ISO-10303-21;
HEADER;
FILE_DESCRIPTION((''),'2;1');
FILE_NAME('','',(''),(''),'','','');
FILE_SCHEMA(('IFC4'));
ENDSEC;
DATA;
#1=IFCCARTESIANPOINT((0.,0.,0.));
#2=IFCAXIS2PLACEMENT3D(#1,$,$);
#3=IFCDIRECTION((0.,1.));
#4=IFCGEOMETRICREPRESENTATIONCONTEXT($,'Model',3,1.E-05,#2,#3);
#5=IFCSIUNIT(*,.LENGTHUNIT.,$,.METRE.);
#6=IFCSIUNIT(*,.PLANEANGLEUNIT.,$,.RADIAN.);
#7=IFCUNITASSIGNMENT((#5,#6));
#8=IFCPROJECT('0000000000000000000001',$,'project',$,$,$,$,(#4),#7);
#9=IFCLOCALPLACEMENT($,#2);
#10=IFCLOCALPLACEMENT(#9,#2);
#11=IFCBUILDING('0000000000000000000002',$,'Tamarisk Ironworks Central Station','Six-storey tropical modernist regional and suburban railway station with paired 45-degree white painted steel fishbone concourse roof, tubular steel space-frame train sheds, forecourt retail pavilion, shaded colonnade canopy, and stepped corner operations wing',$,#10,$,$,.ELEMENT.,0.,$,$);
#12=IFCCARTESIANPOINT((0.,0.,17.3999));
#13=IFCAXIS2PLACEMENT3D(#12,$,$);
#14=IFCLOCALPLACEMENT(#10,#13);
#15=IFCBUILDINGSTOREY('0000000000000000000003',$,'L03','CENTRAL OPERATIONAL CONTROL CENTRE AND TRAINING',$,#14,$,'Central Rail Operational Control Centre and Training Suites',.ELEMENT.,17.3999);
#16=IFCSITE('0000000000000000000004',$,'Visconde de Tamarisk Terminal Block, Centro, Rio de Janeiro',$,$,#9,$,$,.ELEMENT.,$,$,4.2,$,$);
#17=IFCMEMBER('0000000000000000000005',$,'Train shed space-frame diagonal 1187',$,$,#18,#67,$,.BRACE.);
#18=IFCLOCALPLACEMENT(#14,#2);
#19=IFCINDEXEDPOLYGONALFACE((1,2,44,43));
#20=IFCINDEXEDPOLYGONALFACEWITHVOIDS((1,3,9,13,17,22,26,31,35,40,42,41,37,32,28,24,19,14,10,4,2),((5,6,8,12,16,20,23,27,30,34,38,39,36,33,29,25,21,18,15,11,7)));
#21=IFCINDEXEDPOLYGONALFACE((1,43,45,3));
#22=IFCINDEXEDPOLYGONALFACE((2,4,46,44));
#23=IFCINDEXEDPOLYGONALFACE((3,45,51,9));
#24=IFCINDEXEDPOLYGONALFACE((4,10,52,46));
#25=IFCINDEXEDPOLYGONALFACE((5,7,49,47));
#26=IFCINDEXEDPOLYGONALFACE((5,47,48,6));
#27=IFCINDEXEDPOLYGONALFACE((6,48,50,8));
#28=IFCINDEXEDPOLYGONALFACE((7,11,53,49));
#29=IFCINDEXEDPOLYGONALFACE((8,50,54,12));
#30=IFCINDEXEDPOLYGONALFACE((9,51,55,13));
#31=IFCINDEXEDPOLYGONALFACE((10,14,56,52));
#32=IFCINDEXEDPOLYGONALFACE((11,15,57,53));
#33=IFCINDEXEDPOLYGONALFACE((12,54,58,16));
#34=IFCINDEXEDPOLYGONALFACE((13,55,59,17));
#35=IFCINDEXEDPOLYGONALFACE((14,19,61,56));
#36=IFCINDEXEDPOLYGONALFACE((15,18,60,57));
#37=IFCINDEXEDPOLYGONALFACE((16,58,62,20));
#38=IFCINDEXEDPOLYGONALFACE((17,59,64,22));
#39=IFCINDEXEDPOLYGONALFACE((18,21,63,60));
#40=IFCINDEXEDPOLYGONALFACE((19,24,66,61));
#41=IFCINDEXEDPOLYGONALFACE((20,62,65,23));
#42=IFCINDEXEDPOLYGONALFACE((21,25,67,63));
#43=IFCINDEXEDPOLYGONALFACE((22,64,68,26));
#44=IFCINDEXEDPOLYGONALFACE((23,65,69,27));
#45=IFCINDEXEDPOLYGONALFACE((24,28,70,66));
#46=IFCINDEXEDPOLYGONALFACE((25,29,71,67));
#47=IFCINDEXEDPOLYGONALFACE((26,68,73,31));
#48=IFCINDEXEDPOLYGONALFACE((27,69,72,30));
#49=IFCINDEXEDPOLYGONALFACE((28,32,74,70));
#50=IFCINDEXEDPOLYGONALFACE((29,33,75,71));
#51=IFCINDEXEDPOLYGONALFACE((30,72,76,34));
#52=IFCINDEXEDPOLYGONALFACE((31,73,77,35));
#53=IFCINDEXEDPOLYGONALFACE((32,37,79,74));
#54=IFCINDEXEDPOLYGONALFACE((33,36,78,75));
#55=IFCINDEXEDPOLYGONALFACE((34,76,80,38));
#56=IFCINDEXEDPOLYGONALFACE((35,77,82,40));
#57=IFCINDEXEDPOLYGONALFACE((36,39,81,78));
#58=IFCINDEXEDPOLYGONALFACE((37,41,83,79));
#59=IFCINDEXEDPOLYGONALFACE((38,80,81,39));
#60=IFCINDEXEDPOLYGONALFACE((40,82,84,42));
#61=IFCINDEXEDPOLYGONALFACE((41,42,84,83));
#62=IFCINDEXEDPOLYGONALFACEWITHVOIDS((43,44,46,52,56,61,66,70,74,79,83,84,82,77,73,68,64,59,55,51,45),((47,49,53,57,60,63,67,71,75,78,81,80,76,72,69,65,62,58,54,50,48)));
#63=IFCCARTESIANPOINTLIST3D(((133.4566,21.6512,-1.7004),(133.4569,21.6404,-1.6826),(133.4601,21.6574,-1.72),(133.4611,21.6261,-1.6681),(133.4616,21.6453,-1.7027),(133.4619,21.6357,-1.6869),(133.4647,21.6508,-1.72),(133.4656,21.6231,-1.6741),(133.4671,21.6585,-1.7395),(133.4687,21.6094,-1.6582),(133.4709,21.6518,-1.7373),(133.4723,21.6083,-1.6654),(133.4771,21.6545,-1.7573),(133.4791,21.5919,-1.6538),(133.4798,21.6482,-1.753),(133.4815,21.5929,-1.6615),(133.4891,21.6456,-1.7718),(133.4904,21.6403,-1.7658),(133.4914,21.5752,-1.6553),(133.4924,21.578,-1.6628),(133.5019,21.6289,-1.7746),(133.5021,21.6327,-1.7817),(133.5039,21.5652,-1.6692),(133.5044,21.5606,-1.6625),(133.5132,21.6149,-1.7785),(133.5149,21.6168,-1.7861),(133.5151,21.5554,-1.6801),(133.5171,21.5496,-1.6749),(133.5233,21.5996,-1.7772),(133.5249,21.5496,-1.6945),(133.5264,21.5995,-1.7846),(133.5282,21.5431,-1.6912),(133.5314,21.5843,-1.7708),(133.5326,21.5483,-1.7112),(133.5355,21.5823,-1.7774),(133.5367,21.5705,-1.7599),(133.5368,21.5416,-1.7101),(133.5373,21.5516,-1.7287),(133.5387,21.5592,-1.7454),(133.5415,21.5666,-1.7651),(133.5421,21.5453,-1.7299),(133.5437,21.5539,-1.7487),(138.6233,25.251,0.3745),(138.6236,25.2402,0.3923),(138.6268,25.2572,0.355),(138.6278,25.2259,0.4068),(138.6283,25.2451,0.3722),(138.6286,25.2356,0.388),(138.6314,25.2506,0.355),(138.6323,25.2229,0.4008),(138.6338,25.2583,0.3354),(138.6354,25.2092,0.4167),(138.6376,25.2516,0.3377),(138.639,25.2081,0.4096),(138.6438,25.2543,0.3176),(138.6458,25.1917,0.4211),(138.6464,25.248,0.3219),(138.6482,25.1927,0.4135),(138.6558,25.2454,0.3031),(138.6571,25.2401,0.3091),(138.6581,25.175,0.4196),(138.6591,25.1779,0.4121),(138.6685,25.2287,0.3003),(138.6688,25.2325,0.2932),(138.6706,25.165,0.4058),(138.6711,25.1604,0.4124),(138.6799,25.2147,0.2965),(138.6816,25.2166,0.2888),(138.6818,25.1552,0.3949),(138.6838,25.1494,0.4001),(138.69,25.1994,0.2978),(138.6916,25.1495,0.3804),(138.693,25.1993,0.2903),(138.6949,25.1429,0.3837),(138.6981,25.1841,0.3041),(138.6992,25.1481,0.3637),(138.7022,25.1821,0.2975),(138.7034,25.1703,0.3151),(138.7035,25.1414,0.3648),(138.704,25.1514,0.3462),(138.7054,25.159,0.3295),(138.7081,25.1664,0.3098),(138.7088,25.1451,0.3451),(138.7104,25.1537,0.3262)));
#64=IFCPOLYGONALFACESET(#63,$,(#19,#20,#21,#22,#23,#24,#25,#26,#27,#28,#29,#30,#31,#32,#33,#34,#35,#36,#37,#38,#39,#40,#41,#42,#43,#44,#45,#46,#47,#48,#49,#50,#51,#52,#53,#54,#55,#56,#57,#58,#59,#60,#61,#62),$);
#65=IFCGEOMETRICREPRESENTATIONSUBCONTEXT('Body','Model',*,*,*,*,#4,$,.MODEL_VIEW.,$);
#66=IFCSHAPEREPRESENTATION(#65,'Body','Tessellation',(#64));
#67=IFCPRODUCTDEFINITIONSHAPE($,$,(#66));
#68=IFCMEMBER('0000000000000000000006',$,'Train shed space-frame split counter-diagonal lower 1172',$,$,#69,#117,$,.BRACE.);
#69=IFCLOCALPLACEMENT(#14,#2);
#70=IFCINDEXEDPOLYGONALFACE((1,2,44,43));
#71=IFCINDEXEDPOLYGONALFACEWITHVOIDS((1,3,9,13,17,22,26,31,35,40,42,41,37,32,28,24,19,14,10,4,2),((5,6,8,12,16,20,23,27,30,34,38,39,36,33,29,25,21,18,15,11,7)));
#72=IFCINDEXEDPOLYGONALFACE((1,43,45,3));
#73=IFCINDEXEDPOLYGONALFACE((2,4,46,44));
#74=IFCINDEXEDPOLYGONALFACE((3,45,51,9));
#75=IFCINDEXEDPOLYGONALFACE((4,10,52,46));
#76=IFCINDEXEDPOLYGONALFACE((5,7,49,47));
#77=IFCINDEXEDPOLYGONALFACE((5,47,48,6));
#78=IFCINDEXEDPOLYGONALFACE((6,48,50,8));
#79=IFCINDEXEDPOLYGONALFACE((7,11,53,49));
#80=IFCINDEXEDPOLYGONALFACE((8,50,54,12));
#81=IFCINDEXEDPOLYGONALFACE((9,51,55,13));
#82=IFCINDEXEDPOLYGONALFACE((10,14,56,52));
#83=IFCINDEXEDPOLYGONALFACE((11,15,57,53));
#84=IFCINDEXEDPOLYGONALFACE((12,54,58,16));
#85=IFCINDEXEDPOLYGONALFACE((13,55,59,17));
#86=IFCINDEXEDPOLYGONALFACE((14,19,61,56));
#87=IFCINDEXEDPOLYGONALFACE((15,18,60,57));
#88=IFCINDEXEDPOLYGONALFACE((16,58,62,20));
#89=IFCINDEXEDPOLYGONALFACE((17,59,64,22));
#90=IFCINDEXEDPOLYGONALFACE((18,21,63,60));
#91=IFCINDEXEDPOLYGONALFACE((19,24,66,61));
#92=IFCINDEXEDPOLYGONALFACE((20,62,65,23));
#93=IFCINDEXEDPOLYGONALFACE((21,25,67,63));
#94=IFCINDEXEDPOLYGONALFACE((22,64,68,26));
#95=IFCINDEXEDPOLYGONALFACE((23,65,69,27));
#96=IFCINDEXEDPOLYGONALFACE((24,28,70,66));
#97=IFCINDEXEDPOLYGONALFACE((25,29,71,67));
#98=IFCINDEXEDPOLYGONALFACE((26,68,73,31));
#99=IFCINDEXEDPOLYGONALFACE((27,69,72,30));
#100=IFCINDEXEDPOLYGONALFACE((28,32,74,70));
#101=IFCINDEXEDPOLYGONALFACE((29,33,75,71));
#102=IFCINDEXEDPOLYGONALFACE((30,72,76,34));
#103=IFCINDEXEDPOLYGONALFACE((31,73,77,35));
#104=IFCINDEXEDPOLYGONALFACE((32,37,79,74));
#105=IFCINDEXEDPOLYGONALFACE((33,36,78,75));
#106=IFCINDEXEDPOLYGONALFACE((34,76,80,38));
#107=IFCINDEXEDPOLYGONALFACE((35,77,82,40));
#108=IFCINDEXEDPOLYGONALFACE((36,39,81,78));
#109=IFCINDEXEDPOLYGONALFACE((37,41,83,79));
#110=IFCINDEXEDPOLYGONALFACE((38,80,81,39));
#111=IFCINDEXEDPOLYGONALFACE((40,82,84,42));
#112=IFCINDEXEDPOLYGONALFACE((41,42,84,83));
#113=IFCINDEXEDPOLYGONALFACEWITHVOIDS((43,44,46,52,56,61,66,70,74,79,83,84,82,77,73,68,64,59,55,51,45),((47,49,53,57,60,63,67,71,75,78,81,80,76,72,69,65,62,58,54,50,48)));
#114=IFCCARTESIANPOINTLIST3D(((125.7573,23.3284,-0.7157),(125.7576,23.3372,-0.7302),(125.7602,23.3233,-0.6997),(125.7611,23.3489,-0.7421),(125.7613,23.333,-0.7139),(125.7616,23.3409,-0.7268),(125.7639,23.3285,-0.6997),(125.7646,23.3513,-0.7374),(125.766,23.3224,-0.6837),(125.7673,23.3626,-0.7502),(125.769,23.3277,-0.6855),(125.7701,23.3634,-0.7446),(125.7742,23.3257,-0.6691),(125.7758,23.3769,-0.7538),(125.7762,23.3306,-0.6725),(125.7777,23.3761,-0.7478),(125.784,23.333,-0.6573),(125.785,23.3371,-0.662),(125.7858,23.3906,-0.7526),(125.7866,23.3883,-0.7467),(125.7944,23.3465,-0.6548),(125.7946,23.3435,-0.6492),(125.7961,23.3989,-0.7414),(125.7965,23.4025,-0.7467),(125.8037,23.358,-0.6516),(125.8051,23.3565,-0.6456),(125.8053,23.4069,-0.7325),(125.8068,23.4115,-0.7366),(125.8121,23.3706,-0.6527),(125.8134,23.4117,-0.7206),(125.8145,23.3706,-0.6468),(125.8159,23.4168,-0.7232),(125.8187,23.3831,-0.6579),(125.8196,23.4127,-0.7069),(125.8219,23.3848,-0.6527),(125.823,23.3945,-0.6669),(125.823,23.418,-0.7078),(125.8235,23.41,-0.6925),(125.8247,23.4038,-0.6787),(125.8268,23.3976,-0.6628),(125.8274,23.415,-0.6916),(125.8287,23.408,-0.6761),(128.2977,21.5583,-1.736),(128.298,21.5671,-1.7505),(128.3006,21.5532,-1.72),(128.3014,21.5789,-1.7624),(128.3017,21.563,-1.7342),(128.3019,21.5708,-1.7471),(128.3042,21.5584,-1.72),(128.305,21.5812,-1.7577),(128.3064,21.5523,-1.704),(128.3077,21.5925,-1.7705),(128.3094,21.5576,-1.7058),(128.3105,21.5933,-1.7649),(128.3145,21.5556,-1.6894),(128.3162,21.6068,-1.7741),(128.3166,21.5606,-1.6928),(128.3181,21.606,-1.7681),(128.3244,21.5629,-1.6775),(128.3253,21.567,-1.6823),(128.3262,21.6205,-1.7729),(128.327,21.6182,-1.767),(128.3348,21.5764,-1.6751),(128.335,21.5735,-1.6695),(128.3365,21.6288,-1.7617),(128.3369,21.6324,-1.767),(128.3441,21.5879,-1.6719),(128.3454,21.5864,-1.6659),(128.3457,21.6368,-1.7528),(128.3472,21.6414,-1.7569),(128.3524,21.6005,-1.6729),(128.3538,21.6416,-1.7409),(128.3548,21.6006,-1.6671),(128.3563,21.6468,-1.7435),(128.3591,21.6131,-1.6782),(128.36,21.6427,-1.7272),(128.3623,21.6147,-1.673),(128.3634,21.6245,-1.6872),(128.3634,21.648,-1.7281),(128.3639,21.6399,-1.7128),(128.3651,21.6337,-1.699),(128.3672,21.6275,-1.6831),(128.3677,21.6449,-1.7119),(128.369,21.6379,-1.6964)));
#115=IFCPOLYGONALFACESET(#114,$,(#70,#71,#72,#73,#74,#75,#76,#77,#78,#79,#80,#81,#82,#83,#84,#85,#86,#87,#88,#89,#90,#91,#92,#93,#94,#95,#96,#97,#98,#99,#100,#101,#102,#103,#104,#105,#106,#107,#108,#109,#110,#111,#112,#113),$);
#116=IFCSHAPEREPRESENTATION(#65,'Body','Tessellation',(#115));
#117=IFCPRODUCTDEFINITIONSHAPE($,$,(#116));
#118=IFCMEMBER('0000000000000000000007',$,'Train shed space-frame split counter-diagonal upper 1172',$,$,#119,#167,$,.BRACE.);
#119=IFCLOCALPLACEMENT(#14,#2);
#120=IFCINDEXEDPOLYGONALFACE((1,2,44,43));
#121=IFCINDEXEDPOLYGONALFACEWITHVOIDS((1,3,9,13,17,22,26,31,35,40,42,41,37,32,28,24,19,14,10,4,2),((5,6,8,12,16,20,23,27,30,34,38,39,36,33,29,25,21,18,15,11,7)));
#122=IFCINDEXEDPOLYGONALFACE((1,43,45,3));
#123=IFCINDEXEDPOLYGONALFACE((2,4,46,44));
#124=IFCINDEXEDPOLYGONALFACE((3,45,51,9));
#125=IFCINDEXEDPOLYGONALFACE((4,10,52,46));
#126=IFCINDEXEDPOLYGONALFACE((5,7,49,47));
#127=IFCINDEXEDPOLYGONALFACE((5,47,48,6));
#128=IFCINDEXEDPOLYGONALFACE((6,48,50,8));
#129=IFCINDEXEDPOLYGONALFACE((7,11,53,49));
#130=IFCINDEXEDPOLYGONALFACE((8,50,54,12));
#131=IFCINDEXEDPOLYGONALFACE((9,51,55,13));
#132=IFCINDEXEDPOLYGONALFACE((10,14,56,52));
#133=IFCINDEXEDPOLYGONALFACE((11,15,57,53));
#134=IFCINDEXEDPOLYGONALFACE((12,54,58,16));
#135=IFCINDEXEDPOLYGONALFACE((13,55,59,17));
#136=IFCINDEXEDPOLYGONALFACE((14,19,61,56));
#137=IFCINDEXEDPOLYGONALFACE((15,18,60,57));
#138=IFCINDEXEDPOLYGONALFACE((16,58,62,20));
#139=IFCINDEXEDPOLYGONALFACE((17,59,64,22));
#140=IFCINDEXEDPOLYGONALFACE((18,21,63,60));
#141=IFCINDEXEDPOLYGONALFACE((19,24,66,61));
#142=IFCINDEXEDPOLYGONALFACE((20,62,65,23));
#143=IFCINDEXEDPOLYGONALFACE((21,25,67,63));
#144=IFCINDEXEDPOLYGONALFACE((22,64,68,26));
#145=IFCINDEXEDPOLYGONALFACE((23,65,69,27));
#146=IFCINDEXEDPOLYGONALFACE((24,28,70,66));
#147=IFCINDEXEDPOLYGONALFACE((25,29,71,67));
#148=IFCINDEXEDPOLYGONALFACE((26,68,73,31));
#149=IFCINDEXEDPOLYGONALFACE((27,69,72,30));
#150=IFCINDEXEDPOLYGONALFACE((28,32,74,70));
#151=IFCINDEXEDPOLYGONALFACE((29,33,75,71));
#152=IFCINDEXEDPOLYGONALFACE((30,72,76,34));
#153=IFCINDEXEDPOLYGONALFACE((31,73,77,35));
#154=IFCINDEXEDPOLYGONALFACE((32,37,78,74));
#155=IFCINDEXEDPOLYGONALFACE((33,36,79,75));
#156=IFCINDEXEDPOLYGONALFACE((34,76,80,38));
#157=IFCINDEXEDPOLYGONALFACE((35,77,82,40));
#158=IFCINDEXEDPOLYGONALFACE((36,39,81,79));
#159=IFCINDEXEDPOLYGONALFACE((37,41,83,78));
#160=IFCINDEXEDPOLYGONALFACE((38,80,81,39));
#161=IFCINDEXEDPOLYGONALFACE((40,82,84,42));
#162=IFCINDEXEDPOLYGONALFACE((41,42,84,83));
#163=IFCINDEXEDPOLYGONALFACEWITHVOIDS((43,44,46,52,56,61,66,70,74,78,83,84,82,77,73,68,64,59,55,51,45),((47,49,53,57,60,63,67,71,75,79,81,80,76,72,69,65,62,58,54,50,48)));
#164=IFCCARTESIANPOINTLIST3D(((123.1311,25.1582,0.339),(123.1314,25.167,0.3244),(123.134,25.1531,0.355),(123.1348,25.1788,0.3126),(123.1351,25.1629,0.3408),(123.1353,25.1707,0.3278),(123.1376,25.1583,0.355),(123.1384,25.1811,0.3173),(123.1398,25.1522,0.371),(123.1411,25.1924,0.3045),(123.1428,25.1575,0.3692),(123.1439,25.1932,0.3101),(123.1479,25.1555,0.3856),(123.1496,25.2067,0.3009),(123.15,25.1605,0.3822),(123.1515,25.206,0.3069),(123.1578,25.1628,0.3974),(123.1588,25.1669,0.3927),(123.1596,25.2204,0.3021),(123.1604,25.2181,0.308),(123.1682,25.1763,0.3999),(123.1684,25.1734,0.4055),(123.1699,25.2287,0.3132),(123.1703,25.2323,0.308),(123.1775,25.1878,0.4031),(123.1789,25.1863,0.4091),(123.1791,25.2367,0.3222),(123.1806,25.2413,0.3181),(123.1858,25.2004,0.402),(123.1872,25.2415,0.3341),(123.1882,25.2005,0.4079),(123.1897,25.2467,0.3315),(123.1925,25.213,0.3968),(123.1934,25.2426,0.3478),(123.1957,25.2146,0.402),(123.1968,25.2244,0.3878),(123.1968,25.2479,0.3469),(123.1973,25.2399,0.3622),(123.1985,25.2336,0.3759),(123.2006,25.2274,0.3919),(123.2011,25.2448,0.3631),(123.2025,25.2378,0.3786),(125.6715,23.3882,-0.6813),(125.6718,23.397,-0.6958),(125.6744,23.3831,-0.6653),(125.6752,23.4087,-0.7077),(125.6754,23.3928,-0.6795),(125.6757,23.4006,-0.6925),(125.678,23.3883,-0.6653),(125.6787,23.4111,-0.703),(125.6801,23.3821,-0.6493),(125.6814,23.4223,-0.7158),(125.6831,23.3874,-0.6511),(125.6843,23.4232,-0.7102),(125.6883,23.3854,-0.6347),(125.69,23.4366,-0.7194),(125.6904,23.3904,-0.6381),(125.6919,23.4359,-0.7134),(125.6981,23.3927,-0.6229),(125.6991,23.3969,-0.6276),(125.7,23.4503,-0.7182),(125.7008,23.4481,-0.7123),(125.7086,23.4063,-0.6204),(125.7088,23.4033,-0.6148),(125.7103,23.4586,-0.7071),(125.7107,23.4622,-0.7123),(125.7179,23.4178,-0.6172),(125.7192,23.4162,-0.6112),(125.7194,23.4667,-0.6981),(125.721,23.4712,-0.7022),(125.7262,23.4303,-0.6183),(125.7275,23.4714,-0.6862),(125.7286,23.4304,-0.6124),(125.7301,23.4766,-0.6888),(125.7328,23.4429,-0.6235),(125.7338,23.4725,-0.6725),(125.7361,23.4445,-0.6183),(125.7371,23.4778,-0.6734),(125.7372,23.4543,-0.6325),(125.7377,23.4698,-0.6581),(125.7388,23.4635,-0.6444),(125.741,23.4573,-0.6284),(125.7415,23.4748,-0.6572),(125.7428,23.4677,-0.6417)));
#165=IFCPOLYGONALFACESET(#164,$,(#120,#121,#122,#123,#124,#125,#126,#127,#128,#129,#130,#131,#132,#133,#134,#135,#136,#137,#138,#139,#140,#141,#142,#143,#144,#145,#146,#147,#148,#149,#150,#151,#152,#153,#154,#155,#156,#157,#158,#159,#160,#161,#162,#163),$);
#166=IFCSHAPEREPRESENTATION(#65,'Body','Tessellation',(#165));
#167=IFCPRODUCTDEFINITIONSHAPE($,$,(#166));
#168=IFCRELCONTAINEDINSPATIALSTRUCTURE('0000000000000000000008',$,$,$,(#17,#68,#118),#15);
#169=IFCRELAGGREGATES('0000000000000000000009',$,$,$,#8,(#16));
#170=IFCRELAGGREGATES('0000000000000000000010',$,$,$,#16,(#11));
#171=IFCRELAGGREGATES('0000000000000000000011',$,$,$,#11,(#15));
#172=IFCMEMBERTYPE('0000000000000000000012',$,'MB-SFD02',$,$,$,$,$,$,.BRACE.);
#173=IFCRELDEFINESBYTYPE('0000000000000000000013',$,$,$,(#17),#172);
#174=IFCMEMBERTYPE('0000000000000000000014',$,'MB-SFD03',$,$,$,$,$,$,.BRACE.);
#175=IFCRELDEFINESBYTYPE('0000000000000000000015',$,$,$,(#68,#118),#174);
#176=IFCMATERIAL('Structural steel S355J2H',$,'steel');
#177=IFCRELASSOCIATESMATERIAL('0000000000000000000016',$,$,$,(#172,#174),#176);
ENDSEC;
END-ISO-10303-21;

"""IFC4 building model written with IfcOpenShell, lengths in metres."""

from ifc_helpers import new_model, si_unit, direction, frame, origin, origin_2d, place, context, subcontext, project, spatial, hollow_circle, extrude, material, material_profile, profile_set, type_object, element, save


model = new_model("IFC4")

# Units and contexts
model_context = context("Model", 3, precision=1e-05, world=origin(), true_north=direction((0.0, 1.0)))
body_context = subcontext(model_context, "Body", "Model", "MODEL_VIEW")
ifc_project = project(units=[si_unit("LENGTHUNIT", "METRE"), si_unit("PLANEANGLEUNIT", "RADIAN")], contexts=[model_context])

# Site, building, storey
site_placement = place(None, origin())
site = spatial("IfcSite", under=ifc_project, at=site_placement, Name="Visconde de Tamarisk Terminal Block, Centro, Rio de Janeiro", CompositionType="ELEMENT", RefElevation=4.2)
building_placement = place(site_placement, origin())
building = spatial("IfcBuilding", under=site, at=building_placement, Name="Tamarisk Ironworks Central Station", Description="Six-storey tropical modernist regional and suburban railway station with paired 45-degree white painted steel fishbone concourse roof, tubular steel space-frame train sheds, forecourt retail pavilion, shaded colonnade canopy, and stepped corner operations wing", CompositionType="ELEMENT", ElevationOfRefHeight=0.0)
storey_placement = place(building_placement, frame((0.0, 0.0, 17.3999)))
storey = spatial("IfcBuildingStorey", under=building, at=storey_placement, Name="L03", Description="CENTRAL OPERATIONAL CONTROL CENTRE AND TRAINING", LongName="Central Rail Operational Control Centre and Training Suites", CompositionType="ELEMENT", Elevation=17.3999)

# Members
ifc_material_1 = material(Name="Structural steel S355J2H", Category="steel")
ifc_material_profile_1 = material_profile(ifc_material_1, hollow_circle(Radius=0.0698, WallThickness=0.0081, at=origin_2d()), Name="CHS 139.7x8")
ifc_profile_set_1 = profile_set([ifc_material_profile_1], Name="Structural steel S355J2H")
member_type_1 = type_object("IfcMemberType", Name="MB-SFD02", PredefinedType="BRACE", material=ifc_profile_set_1)
member_1_placement = place(storey_placement, frame((133.5, 21.6001, -1.72), z_axis=(0.779274, 0.542947, 0.312954), x_axis=(-0.571663, 0.820489, 0.0)))
element("IfcMember", 1, at=member_1_placement, inside=storey, type_object=member_type_1, Name="Train shed space-frame diagonal 1187", PredefinedType="BRACE", context=body_context, shape_type="SweptSolid", body=[
    extrude(hollow_circle(Radius=0.0698, WallThickness=0.0081, at=origin_2d()), origin(), (0.0, 0.0, 1.0), 6.6301),
])
ifc_material_profile_2 = material_profile(ifc_material_1, hollow_circle(Radius=0.0571, WallThickness=0.0063, at=origin_2d()), Name="CHS 114.3x6.3")
ifc_profile_set_2 = profile_set([ifc_material_profile_2], Name="Structural steel S355J2H")
member_type_2 = type_object("IfcMemberType", Name="MB-SFD03", PredefinedType="BRACE", material=ifc_profile_set_2)
for number, where, z_axis, x_axis, name in (
    (2, (128.3333, 21.6001, -1.72), (-0.779252, 0.542967, 0.312974), (-0.571688, -0.820471, 0.0), "Train shed space-frame split counter-diagonal lower 1172"),
    (3, (125.707, 23.4299, -0.6653), (-0.779252, 0.542967, 0.312974), (-0.571688, -0.820471, 0.0), "Train shed space-frame split counter-diagonal upper 1172"),
):
    element("IfcMember", number, at=place(storey_placement, frame(where, z_axis=z_axis, x_axis=x_axis)), inside=storey, type_object=member_type_2, Name=name, PredefinedType="BRACE", context=body_context, shape_type="SweptSolid", body=[
        extrude(hollow_circle(Radius=0.0571, WallThickness=0.0063, at=origin_2d()), origin(), (0.0, 0.0, 1.0), 3.26),
    ])

save(model, "model.ifc")
